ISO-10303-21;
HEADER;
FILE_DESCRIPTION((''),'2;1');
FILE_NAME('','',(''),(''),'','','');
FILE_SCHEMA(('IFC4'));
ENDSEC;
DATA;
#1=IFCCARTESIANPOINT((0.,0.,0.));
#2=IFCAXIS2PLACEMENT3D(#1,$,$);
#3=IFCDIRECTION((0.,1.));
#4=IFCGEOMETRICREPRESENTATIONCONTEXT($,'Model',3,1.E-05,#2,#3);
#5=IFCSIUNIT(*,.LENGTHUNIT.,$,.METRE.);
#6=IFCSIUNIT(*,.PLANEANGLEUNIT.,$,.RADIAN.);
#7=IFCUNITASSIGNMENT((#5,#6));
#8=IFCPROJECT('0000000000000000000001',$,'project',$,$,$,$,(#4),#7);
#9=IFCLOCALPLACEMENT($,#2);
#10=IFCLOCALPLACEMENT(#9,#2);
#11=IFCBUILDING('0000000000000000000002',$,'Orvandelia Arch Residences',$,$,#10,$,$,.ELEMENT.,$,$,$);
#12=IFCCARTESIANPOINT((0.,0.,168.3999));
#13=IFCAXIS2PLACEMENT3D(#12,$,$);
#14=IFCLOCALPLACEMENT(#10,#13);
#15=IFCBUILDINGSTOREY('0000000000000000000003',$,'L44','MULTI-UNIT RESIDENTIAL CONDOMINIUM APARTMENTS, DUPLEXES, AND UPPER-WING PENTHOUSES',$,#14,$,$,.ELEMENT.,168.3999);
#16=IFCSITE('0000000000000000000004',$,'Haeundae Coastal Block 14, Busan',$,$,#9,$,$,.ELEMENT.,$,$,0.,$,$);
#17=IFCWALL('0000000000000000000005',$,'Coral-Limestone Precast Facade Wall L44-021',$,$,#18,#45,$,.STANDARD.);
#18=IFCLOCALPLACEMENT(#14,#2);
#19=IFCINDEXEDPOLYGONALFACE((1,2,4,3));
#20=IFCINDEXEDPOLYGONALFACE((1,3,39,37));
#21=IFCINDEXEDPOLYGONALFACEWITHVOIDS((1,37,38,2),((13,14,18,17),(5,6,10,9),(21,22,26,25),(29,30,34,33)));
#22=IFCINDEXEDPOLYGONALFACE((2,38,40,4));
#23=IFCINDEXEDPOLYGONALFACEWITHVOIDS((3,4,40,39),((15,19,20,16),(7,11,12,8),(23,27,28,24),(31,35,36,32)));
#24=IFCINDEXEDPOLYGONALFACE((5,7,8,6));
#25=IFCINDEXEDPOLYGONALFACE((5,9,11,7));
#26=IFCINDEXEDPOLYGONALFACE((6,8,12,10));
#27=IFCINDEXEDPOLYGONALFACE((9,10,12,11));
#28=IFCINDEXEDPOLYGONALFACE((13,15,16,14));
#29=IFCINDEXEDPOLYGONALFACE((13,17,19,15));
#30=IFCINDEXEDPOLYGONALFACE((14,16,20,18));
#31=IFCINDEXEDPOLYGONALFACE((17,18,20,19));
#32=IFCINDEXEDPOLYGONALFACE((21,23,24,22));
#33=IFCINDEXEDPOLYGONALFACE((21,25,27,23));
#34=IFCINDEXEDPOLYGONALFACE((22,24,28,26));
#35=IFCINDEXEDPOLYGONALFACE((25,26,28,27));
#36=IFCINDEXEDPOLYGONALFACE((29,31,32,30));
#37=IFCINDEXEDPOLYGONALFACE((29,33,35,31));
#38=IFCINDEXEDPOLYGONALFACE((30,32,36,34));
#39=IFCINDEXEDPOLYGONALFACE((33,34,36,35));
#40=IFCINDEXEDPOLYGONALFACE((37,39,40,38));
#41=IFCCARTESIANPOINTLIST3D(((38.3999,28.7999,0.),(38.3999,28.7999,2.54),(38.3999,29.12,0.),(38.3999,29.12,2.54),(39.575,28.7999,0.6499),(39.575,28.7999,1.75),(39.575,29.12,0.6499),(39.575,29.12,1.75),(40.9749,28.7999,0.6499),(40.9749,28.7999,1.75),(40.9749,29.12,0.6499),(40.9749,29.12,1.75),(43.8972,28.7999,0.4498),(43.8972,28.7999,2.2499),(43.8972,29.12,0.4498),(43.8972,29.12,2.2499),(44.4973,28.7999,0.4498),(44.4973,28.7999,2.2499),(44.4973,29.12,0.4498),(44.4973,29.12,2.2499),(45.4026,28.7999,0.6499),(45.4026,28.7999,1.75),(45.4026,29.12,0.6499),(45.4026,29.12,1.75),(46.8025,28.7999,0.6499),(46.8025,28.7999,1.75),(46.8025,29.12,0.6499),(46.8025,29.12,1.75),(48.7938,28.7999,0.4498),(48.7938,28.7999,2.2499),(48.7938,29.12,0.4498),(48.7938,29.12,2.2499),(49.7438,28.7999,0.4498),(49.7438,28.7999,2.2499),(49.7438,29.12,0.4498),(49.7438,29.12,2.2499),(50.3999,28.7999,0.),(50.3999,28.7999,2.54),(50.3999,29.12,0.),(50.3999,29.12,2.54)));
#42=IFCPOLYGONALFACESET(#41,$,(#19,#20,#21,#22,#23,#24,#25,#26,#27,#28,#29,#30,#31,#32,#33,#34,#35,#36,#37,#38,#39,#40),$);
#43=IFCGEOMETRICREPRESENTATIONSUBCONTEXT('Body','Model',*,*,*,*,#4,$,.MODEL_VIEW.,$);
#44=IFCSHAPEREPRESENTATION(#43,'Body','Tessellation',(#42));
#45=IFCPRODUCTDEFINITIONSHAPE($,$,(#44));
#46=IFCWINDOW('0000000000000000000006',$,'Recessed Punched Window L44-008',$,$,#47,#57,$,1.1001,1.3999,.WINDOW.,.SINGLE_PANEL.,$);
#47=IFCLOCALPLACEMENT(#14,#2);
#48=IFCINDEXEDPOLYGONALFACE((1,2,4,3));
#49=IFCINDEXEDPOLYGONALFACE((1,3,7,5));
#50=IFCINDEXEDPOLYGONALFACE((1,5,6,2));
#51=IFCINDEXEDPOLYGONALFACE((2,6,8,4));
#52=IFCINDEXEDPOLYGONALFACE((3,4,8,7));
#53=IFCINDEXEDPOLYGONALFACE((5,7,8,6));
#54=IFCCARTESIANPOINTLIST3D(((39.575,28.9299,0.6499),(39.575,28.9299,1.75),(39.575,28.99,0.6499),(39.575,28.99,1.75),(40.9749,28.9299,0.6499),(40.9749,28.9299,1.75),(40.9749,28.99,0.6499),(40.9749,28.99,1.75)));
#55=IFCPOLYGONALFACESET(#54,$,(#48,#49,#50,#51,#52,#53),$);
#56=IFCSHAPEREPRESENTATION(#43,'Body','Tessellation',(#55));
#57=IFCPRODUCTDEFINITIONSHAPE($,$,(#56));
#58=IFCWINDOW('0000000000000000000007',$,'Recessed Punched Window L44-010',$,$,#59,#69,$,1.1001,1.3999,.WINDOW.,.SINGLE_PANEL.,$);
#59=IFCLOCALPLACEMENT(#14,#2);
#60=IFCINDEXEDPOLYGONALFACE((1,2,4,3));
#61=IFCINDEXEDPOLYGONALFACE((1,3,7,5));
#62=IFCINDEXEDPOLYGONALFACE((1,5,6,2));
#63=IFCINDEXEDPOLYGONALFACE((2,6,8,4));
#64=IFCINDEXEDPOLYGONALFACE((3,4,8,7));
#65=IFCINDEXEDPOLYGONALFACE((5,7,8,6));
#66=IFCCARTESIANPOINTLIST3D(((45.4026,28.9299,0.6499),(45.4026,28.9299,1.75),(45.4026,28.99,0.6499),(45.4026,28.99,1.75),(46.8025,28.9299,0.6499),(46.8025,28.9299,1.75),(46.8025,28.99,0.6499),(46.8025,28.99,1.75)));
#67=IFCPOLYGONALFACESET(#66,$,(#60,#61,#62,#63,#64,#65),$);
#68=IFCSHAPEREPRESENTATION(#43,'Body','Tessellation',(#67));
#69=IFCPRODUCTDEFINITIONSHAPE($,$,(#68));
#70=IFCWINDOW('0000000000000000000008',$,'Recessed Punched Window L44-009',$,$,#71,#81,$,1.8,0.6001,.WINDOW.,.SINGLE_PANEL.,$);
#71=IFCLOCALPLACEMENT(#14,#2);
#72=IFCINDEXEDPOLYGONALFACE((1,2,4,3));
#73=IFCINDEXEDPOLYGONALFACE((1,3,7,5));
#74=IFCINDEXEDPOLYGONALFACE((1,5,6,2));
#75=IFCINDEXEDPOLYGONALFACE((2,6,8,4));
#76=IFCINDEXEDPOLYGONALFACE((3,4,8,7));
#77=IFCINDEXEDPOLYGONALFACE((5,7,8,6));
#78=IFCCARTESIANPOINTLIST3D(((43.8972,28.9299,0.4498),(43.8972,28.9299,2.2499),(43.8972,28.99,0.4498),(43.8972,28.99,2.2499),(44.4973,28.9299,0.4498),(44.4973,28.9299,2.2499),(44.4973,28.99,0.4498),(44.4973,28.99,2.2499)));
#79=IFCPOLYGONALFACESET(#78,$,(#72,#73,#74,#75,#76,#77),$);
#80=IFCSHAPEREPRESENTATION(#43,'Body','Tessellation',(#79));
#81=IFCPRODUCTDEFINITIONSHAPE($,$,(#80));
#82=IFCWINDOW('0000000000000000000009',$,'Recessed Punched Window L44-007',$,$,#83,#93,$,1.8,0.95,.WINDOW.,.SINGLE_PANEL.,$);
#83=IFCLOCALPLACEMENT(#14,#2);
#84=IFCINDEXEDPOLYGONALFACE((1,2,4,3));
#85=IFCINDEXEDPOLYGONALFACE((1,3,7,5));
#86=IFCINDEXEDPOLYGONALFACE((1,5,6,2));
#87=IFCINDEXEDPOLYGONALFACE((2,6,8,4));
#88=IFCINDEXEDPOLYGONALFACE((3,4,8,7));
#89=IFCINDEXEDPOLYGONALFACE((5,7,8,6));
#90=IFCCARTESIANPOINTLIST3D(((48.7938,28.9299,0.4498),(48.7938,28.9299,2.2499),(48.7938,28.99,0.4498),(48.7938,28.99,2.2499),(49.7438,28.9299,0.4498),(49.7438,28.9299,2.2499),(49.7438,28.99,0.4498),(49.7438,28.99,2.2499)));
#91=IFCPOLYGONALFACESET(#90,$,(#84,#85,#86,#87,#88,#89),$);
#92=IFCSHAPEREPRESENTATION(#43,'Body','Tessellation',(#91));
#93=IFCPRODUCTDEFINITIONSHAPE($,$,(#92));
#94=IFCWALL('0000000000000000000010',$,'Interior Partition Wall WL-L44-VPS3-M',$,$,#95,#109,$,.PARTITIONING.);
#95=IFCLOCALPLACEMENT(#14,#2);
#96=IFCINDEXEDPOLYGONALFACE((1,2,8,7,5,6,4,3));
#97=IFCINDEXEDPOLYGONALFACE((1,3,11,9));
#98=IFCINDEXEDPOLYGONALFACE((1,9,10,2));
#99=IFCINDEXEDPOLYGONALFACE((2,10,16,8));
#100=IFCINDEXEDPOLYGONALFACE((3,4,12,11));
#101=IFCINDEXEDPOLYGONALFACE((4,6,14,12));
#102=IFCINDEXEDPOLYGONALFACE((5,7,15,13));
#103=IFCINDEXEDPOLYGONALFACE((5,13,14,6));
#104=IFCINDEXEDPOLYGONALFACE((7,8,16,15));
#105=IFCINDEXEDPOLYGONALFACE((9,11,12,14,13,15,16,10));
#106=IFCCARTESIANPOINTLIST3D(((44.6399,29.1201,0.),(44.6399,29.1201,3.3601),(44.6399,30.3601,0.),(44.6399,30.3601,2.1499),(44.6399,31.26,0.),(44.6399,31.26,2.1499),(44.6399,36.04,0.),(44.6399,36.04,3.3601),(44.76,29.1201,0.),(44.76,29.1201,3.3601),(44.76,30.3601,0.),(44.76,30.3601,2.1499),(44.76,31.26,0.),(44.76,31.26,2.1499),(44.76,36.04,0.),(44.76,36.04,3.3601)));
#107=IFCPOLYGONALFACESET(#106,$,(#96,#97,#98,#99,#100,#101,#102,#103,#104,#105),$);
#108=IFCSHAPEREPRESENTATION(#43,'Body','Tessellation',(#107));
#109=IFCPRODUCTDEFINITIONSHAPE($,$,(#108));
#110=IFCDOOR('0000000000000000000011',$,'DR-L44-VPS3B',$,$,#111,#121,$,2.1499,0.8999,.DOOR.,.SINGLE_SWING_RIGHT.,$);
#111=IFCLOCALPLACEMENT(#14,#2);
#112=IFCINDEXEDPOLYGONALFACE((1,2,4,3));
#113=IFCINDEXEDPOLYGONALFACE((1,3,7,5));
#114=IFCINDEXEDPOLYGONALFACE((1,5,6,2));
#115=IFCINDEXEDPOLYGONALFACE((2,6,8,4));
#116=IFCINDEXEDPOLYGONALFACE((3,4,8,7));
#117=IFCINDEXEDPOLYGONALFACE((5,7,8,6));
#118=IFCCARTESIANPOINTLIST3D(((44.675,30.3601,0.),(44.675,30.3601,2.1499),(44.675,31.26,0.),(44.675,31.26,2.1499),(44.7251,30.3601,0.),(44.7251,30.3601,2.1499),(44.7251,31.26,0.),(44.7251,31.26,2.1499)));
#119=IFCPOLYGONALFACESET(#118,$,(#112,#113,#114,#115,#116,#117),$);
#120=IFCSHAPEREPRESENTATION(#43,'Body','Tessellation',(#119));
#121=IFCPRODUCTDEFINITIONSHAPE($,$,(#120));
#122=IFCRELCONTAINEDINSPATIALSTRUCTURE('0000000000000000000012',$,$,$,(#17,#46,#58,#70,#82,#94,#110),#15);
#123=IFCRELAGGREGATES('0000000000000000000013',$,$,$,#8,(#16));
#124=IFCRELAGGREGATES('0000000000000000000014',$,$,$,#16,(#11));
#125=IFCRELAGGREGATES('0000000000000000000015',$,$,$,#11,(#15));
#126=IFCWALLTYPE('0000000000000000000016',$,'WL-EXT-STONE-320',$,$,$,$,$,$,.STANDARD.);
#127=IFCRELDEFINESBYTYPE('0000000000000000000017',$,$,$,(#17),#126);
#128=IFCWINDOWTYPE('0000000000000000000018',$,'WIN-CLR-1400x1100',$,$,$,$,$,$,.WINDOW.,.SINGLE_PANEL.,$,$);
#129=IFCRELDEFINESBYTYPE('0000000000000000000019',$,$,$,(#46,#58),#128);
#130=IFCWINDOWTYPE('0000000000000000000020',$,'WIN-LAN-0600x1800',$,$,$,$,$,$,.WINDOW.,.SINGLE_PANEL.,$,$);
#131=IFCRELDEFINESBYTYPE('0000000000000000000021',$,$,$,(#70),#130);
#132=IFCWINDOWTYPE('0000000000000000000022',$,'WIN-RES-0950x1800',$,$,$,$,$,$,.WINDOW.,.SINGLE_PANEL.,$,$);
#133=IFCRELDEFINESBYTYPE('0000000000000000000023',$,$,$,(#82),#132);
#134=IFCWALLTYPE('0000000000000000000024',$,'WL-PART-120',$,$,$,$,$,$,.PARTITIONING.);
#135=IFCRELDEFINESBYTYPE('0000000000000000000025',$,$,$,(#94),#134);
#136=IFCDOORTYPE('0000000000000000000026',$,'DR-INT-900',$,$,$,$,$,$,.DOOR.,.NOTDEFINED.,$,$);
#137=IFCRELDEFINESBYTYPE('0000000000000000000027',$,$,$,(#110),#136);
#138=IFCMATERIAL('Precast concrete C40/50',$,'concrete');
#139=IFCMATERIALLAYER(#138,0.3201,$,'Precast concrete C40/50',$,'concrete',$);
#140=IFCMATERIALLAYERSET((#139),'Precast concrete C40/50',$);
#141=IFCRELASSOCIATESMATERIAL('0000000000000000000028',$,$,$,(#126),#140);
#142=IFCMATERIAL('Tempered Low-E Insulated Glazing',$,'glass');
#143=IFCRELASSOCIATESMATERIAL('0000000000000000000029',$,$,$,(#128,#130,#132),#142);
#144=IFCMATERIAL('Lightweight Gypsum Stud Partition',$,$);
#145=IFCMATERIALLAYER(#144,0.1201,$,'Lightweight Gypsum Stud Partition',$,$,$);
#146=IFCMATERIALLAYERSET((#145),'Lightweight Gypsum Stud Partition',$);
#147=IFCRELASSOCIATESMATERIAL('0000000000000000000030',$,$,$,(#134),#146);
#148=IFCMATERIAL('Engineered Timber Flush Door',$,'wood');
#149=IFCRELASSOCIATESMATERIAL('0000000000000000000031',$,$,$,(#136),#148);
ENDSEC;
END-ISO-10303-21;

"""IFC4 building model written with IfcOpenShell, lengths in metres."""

from ifc_helpers import new_model, si_unit, direction, frame, frame_2d, origin, place, context, subcontext, project, spatial, rectangle, extrude, material, layer, layer_set, type_object, element, fill, save


model = new_model("IFC4")

# Units and contexts
model_context = context("Model", 3, precision=1e-05, world=origin(), true_north=direction((0.0, 1.0)))
body_context = subcontext(model_context, "Body", "Model", "MODEL_VIEW")
ifc_project = project(units=[si_unit("LENGTHUNIT", "METRE"), si_unit("PLANEANGLEUNIT", "RADIAN")], contexts=[model_context])

# Site, building, storey
site_placement = place(None, origin())
site = spatial("IfcSite", under=ifc_project, at=site_placement, Name="Haeundae Coastal Block 14, Busan", CompositionType="ELEMENT", RefElevation=0.0)
building_placement = place(site_placement, origin())
building = spatial("IfcBuilding", under=site, at=building_placement, Name="Orvandelia Arch Residences", CompositionType="ELEMENT")
storey_placement = place(building_placement, frame((0.0, 0.0, 168.3999)))
storey = spatial("IfcBuildingStorey", under=building, at=storey_placement, Name="L44", Description="MULTI-UNIT RESIDENTIAL CONDOMINIUM APARTMENTS, DUPLEXES, AND UPPER-WING PENTHOUSES", CompositionType="ELEMENT", Elevation=168.3999)

# Shared definitions
ifc_material_1 = material(Name="Precast concrete C40/50", Category="concrete")
ifc_layer_1 = layer(ifc_material_1, 0.3201, Name="Precast concrete C40/50", Category="concrete")
ifc_layer_set_1 = layer_set([ifc_layer_1], Name="Precast concrete C40/50")
wall_type_1 = type_object("IfcWallType", Name="WL-EXT-STONE-320", PredefinedType="STANDARD", material=ifc_layer_set_1)

# Wall, openings, windows
wall_1_placement = place(storey_placement, frame((50.3999, 28.96, 0.0), z_axis=(0.0, 0.0, 1.0), x_axis=(-1.0, 0.0, 0.0)))
wall_1 = element("IfcWall", 1, at=wall_1_placement, inside=storey, type_object=wall_type_1, Name="Coral-Limestone Precast Facade Wall L44-021", PredefinedType="STANDARD", context=body_context, shape_type="SweptSolid", body=[
    extrude(rectangle(XDim=12.0, YDim=0.3201, at=frame_2d((6.0, 0.0))), origin(), (0.0, 0.0, 1.0), 2.54),
])
opening_1_placement = place(wall_1_placement, frame((0.656, 0.0, 0.45)))
opening_1 = element("IfcOpeningElement", 2, at=opening_1_placement, cuts=wall_1, PredefinedType="OPENING", context=body_context, shape_type="SweptSolid", body=[
    extrude(rectangle(XDim=0.95, YDim=1.8, at=frame_2d((0.4751, 0.8999))), frame((0.0, 0.1699, 0.0), z_axis=(0.0, -1.0, 0.0), x_axis=(1.0, 0.0, 0.0)), (0.0, 0.0, 1.0), 0.3401),
])
opening_2_placement = place(wall_1_placement, frame((9.425, 0.0, 0.6499)))
opening_2 = element("IfcOpeningElement", 3, at=opening_2_placement, cuts=wall_1, PredefinedType="OPENING", context=body_context, shape_type="SweptSolid", body=[
    extrude(rectangle(XDim=1.3999, YDim=1.1001, at=frame_2d((0.7, 0.55))), frame((0.0, 0.1699, 0.0), z_axis=(0.0, -1.0, 0.0), x_axis=(1.0, 0.0, 0.0)), (0.0, 0.0, 1.0), 0.3401),
])
opening_3_placement = place(wall_1_placement, frame((5.9026, 0.0, 0.45)))
opening_3 = element("IfcOpeningElement", 4, at=opening_3_placement, cuts=wall_1, PredefinedType="OPENING", context=body_context, shape_type="SweptSolid", body=[
    extrude(rectangle(XDim=0.6001, YDim=1.8, at=frame_2d((0.3, 0.8999))), frame((0.0, 0.1699, 0.0), z_axis=(0.0, -1.0, 0.0), x_axis=(1.0, 0.0, 0.0)), (0.0, 0.0, 1.0), 0.3401),
])
opening_4_placement = place(wall_1_placement, frame((3.5974, 0.0, 0.6499)))
opening_4 = element("IfcOpeningElement", 5, at=opening_4_placement, cuts=wall_1, PredefinedType="OPENING", context=body_context, shape_type="SweptSolid", body=[
    extrude(rectangle(XDim=1.3999, YDim=1.1001, at=frame_2d((0.7, 0.55))), frame((0.0, 0.1699, 0.0), z_axis=(0.0, -1.0, 0.0), x_axis=(1.0, 0.0, 0.0)), (0.0, 0.0, 1.0), 0.3401),
])
ifc_material_2 = material(Name="Tempered Low-E Insulated Glazing", Category="glass")
window_type_1 = type_object("IfcWindowType", Name="WIN-CLR-1400x1100", PartitioningType="SINGLE_PANEL", PredefinedType="WINDOW", material=ifc_material_2)
window_1_placement = place(opening_2_placement, origin())
window_1 = element("IfcWindow", 6, at=window_1_placement, inside=storey, type_object=window_type_1, Name="Recessed Punched Window L44-008", OverallHeight=1.1001, OverallWidth=1.3999, PartitioningType="SINGLE_PANEL", PredefinedType="WINDOW", context=body_context, shape_type="SweptSolid", body=[
    extrude(rectangle(XDim=1.3999, YDim=1.1001, at=frame_2d((0.7, 0.55))), frame((0.0, 0.03, 0.0), z_axis=(0.0, -1.0, 0.0), x_axis=(1.0, 0.0, 0.0)), (0.0, 0.0, 1.0), 0.0601),
])
fill(opening_2, window_1)
window_2_placement = place(opening_4_placement, origin())
window_2 = element("IfcWindow", 7, at=window_2_placement, inside=storey, type_object=window_type_1, Name="Recessed Punched Window L44-010", OverallHeight=1.1001, OverallWidth=1.3999, PartitioningType="SINGLE_PANEL", PredefinedType="WINDOW", context=body_context, shape_type="SweptSolid", body=[
    extrude(rectangle(XDim=1.3999, YDim=1.1001, at=frame_2d((0.7, 0.55))), frame((0.0, 0.03, 0.0), z_axis=(0.0, -1.0, 0.0), x_axis=(1.0, 0.0, 0.0)), (0.0, 0.0, 1.0), 0.0601),
])
fill(opening_4, window_2)
window_type_2 = type_object("IfcWindowType", Name="WIN-LAN-0600x1800", PartitioningType="SINGLE_PANEL", PredefinedType="WINDOW", material=ifc_material_2)
window_3_placement = place(opening_3_placement, origin())
window_3 = element("IfcWindow", 8, at=window_3_placement, inside=storey, type_object=window_type_2, Name="Recessed Punched Window L44-009", OverallHeight=1.8, OverallWidth=0.6001, PartitioningType="SINGLE_PANEL", PredefinedType="WINDOW", context=body_context, shape_type="SweptSolid", body=[
    extrude(rectangle(XDim=0.6001, YDim=1.8, at=frame_2d((0.3, 0.8999))), frame((0.0, 0.03, 0.0), z_axis=(0.0, -1.0, 0.0), x_axis=(1.0, 0.0, 0.0)), (0.0, 0.0, 1.0), 0.0601),
])
fill(opening_3, window_3)
window_type_3 = type_object("IfcWindowType", Name="WIN-RES-0950x1800", PartitioningType="SINGLE_PANEL", PredefinedType="WINDOW", material=ifc_material_2)
window_4_placement = place(opening_1_placement, origin())
window_4 = element("IfcWindow", 9, at=window_4_placement, inside=storey, type_object=window_type_3, Name="Recessed Punched Window L44-007", OverallHeight=1.8, OverallWidth=0.95, PartitioningType="SINGLE_PANEL", PredefinedType="WINDOW", context=body_context, shape_type="SweptSolid", body=[
    extrude(rectangle(XDim=0.95, YDim=1.8, at=frame_2d((0.4751, 0.8999))), frame((0.0, 0.03, 0.0), z_axis=(0.0, -1.0, 0.0), x_axis=(1.0, 0.0, 0.0)), (0.0, 0.0, 1.0), 0.0601),
])
fill(opening_1, window_4)

# Wall, opening, door
ifc_material_3 = material(Name="Lightweight Gypsum Stud Partition")
ifc_layer_2 = layer(ifc_material_3, 0.1201, Name="Lightweight Gypsum Stud Partition")
ifc_layer_set_2 = layer_set([ifc_layer_2], Name="Lightweight Gypsum Stud Partition")
wall_type_2 = type_object("IfcWallType", Name="WL-PART-120", PredefinedType="PARTITIONING", material=ifc_layer_set_2)
wall_2_placement = place(storey_placement, frame((44.7, 29.1201, 0.0), z_axis=(0.0, 0.0, 1.0), x_axis=(0.0, 1.0, 0.0)))
wall_2 = element("IfcWall", 10, at=wall_2_placement, inside=storey, type_object=wall_type_2, Name="Interior Partition Wall WL-L44-VPS3-M", PredefinedType="PARTITIONING", context=body_context, shape_type="SweptSolid", body=[
    extrude(rectangle(XDim=6.9199, YDim=0.1201, at=frame_2d((3.46, 0.0))), origin(), (0.0, 0.0, 1.0), 3.3601),
])
opening_5_placement = place(wall_2_placement, frame((1.24, 0.0, 0.0)))
opening_5 = element("IfcOpeningElement", 11, at=opening_5_placement, cuts=wall_2, PredefinedType="OPENING", context=body_context, shape_type="SweptSolid", body=[
    extrude(rectangle(XDim=0.8999, YDim=2.1499, at=frame_2d((0.45, 1.075))), frame((0.0, 0.0701, 0.0), z_axis=(0.0, -1.0, 0.0), x_axis=(1.0, 0.0, 0.0)), (0.0, 0.0, 1.0), 0.1401),
])
ifc_material_4 = material(Name="Engineered Timber Flush Door", Category="wood")
door_type_1 = type_object("IfcDoorType", Name="DR-INT-900", OperationType="NOTDEFINED", PredefinedType="DOOR", material=ifc_material_4)
door_1_placement = place(opening_5_placement, origin())
door_1 = element("IfcDoor", 12, at=door_1_placement, inside=storey, type_object=door_type_1, Name="DR-L44-VPS3B", OperationType="SINGLE_SWING_RIGHT", OverallHeight=2.1499, OverallWidth=0.8999, PredefinedType="DOOR", context=body_context, shape_type="SweptSolid", body=[
    extrude(rectangle(XDim=0.8999, YDim=2.1499, at=frame_2d((0.45, 1.075))), frame((0.0, 0.0249, 0.0), z_axis=(0.0, -1.0, 0.0), x_axis=(1.0, 0.0, 0.0)), (0.0, 0.0, 1.0), 0.05),
])
fill(opening_5, door_1)

save(model, "model.ifc")
